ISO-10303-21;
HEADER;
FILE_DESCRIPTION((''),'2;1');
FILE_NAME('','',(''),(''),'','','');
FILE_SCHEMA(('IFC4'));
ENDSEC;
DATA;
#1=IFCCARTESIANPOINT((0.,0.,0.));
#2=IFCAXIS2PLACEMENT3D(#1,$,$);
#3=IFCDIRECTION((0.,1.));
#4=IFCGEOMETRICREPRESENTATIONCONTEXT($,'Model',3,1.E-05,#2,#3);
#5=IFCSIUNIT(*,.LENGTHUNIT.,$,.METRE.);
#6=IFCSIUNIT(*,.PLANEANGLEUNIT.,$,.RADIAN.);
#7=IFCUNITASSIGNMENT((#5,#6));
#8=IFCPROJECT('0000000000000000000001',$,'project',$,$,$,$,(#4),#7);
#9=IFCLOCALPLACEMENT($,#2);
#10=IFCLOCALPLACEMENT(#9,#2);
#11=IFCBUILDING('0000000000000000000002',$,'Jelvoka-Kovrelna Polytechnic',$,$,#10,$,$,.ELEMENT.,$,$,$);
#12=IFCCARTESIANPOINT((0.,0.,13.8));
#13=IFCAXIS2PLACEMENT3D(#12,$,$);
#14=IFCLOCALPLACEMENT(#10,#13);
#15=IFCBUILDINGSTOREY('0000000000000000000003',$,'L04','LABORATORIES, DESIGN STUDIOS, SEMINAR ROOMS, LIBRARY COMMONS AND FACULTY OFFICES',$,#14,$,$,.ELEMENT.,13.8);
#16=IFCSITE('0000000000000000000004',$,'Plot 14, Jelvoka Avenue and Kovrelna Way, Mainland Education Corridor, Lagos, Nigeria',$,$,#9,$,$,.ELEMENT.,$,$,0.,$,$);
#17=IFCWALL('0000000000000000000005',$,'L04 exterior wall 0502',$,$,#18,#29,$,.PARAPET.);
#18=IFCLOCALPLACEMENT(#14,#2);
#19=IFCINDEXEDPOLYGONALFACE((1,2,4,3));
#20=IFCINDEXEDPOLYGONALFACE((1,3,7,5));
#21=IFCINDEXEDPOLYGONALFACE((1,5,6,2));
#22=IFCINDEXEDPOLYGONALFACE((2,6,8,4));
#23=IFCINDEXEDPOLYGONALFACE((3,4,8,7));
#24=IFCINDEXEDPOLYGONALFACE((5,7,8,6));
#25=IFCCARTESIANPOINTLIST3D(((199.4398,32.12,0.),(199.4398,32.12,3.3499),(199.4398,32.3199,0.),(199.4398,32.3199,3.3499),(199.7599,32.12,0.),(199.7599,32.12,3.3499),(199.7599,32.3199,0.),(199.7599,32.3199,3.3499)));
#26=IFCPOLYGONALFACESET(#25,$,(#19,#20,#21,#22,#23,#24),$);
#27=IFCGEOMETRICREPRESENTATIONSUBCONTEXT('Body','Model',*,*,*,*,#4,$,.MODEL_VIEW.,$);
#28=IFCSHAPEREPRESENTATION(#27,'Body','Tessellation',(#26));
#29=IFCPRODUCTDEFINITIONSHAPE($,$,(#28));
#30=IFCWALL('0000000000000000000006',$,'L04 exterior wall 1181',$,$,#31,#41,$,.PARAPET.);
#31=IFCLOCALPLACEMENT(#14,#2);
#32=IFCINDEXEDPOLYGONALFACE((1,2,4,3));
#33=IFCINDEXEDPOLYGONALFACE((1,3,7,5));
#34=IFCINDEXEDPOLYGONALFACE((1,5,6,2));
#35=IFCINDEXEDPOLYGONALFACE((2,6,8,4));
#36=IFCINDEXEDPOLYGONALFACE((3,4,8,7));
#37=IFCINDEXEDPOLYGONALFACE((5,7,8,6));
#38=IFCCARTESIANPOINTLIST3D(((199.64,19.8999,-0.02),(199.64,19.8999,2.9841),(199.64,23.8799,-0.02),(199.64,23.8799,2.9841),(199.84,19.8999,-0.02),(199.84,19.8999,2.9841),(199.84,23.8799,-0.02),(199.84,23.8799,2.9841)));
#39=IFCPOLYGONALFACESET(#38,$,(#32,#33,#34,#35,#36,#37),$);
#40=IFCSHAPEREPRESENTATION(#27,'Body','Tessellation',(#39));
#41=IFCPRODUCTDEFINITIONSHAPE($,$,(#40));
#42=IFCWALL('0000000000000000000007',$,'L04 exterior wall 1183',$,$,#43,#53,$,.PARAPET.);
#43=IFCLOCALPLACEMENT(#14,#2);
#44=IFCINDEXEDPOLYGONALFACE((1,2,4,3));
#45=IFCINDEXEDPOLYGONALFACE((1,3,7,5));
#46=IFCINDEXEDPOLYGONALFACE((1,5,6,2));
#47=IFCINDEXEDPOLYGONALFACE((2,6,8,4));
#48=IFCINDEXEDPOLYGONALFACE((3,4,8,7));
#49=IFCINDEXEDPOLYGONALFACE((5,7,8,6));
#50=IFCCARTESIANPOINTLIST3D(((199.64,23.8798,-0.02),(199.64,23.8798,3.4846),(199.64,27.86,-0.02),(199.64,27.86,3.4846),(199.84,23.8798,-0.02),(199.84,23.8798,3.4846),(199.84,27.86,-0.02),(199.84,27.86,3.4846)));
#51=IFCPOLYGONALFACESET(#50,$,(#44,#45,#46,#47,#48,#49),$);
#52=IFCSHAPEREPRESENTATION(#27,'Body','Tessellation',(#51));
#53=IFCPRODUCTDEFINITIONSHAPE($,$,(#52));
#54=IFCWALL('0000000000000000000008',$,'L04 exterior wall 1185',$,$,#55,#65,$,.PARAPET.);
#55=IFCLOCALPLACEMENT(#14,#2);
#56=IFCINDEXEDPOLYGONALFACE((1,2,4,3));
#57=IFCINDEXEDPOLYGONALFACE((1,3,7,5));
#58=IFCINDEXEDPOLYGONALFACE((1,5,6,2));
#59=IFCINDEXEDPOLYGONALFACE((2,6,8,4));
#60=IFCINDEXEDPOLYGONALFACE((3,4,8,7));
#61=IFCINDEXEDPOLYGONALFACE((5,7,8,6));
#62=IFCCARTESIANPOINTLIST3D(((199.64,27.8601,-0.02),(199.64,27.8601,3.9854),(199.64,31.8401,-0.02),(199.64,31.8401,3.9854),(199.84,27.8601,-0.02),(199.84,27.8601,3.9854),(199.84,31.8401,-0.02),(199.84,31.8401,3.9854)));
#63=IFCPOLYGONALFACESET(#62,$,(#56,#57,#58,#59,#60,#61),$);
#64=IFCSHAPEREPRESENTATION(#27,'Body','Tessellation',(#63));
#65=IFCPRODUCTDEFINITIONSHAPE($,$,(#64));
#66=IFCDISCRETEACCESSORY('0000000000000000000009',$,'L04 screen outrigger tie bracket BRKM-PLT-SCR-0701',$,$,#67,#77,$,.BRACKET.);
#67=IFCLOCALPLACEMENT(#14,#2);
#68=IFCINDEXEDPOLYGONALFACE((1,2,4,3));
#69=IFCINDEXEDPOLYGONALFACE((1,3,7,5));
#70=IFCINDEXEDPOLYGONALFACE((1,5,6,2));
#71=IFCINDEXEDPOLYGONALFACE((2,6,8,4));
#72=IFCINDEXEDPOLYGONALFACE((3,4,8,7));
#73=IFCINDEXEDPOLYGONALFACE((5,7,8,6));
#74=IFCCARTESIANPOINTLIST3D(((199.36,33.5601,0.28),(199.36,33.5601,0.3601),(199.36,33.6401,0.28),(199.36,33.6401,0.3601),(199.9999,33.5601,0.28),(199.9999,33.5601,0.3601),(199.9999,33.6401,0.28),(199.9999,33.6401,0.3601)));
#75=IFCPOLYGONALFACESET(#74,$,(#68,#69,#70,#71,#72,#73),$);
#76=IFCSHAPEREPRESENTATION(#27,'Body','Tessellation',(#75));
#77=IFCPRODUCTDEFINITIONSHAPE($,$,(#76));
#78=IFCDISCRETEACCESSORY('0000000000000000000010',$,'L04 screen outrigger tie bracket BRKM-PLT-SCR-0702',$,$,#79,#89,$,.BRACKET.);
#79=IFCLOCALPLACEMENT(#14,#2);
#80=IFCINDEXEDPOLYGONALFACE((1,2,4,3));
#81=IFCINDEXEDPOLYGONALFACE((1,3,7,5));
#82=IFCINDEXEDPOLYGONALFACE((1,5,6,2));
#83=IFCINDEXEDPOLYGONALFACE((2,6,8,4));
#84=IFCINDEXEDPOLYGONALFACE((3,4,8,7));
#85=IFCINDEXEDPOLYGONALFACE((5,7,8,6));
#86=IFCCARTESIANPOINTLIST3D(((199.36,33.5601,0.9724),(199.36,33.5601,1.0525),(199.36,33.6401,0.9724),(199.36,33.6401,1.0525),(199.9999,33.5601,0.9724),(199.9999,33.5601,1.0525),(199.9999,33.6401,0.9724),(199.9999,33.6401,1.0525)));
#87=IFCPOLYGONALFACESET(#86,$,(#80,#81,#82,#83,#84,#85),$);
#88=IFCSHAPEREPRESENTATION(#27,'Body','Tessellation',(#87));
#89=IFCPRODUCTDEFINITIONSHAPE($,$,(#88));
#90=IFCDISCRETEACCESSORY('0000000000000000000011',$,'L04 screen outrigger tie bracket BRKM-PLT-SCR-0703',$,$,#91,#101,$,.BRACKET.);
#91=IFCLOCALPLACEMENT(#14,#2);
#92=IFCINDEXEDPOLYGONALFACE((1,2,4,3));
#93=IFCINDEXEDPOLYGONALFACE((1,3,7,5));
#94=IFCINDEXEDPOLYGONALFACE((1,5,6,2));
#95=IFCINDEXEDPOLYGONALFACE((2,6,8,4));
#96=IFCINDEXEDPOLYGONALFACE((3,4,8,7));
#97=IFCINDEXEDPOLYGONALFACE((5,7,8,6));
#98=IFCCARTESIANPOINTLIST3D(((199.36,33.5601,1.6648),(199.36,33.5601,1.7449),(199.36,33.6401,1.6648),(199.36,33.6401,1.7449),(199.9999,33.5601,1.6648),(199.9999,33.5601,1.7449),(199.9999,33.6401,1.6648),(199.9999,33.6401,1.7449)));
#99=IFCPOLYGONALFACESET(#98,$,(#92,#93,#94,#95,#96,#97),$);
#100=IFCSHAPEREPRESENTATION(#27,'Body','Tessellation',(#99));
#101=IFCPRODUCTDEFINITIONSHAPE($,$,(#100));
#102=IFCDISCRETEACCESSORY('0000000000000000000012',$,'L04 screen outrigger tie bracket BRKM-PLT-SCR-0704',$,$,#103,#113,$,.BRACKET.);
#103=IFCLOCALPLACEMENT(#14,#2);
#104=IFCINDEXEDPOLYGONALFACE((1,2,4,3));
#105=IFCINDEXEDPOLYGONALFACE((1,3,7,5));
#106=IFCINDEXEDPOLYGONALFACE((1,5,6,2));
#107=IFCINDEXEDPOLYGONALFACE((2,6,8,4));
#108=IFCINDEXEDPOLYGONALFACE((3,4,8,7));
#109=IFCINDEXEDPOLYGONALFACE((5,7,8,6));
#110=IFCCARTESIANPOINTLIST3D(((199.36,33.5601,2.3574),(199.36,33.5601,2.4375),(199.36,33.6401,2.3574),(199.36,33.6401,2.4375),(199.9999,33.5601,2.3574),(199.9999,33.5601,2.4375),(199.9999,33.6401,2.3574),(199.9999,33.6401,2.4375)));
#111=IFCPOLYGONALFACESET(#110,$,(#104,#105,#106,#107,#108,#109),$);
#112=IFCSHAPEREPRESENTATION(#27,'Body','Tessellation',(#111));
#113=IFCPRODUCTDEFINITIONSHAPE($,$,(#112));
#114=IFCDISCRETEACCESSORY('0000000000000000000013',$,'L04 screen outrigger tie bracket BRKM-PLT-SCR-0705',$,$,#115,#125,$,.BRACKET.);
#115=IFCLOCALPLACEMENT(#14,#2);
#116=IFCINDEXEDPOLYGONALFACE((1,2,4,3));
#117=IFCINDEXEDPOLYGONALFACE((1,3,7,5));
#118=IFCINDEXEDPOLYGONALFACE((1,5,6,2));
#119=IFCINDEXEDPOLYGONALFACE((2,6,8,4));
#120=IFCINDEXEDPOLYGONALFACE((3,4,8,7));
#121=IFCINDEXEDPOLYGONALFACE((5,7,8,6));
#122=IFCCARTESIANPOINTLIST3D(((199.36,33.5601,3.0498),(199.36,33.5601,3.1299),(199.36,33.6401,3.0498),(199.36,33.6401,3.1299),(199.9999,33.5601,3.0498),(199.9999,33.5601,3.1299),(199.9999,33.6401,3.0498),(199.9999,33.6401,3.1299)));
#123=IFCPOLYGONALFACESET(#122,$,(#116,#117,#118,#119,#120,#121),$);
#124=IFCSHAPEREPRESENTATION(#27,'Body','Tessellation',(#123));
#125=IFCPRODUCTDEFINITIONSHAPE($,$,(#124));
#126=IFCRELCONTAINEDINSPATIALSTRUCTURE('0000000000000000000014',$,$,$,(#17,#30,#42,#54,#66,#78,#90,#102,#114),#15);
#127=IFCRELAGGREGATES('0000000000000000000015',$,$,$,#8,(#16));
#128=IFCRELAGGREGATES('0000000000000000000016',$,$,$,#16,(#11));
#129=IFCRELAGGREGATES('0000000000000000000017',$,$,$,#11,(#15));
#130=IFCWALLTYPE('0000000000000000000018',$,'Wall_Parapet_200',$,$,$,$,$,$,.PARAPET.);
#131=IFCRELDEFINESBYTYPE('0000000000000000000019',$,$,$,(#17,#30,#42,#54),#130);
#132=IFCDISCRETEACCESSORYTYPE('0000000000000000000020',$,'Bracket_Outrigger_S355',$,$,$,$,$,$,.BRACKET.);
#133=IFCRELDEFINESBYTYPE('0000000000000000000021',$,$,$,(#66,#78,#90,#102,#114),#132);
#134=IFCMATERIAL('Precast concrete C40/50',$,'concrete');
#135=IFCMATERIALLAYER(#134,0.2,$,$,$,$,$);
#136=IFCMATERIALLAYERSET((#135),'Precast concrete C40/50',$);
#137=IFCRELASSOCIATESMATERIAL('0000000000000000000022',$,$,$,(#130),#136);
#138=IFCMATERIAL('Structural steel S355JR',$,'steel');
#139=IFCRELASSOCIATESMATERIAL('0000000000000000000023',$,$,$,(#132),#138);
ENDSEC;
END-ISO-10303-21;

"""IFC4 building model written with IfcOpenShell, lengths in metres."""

from ifc_helpers import new_model, si_unit, direction, frame, frame_2d, origin, origin_2d, place, context, subcontext, project, spatial, rectangle, extrude, material, layer, layer_set, type_object, element, save


model = new_model("IFC4")

# Units and contexts
model_context = context("Model", 3, precision=1e-05, world=origin(), true_north=direction((0.0, 1.0)))
body_context = subcontext(model_context, "Body", "Model", "MODEL_VIEW")
ifc_project = project(units=[si_unit("LENGTHUNIT", "METRE"), si_unit("PLANEANGLEUNIT", "RADIAN")], contexts=[model_context])

# Site, building, storey
site_placement = place(None, origin())
site = spatial("IfcSite", under=ifc_project, at=site_placement, Name="Plot 14, Jelvoka Avenue and Kovrelna Way, Mainland Education Corridor, Lagos, Nigeria", CompositionType="ELEMENT", RefElevation=0.0)
building_placement = place(site_placement, origin())
building = spatial("IfcBuilding", under=site, at=building_placement, Name="Jelvoka-Kovrelna Polytechnic", CompositionType="ELEMENT")
storey_placement = place(building_placement, frame((0.0, 0.0, 13.8)))
storey = spatial("IfcBuildingStorey", under=building, at=storey_placement, Name="L04", Description="LABORATORIES, DESIGN STUDIOS, SEMINAR ROOMS, LIBRARY COMMONS AND FACULTY OFFICES", CompositionType="ELEMENT", Elevation=13.8)

# Walls
ifc_material_1 = material(Name="Precast concrete C40/50", Category="concrete")
ifc_layer_1 = layer(ifc_material_1, 0.2)
ifc_layer_set_1 = layer_set([ifc_layer_1], Name="Precast concrete C40/50")
wall_type = type_object("IfcWallType", Name="Wall_Parapet_200", PredefinedType="PARAPET", material=ifc_layer_set_1)
wall_1_placement = place(storey_placement, frame((199.76, 32.22, 0.0), z_axis=(0.0, 0.0, 1.0), x_axis=(-1.0, 0.0, 0.0)))
element("IfcWall", 1, at=wall_1_placement, inside=storey, type_object=wall_type, Name="L04 exterior wall 0502", PredefinedType="PARAPET", context=body_context, shape_type="SweptSolid", body=[
    extrude(rectangle(XDim=0.3201, YDim=0.2, at=frame_2d((0.1602, 0.0))), origin(), (0.0, 0.0, 1.0), 3.3499),
])
wall_2_placement = place(storey_placement, frame((199.74, 23.8799, -0.02), z_axis=(0.0, 0.0, 1.0), x_axis=(0.0, -1.0, 0.0)))
element("IfcWall", 2, at=wall_2_placement, inside=storey, type_object=wall_type, Name="L04 exterior wall 1181", PredefinedType="PARAPET", context=body_context, shape_type="SweptSolid", body=[
    extrude(rectangle(XDim=3.98, YDim=0.2, at=frame_2d((1.99, 0.0))), origin(), (0.0, 0.0, 1.0), 3.0042),
])
wall_3_placement = place(storey_placement, frame((199.74, 27.8601, -0.02), z_axis=(0.0, 0.0, 1.0), x_axis=(0.0, -1.0, 0.0)))
element("IfcWall", 3, at=wall_3_placement, inside=storey, type_object=wall_type, Name="L04 exterior wall 1183", PredefinedType="PARAPET", context=body_context, shape_type="SweptSolid", body=[
    extrude(rectangle(XDim=3.9802, YDim=0.2, at=frame_2d((1.9902, 0.0))), origin(), (0.0, 0.0, 1.0), 3.5046),
])
wall_4_placement = place(storey_placement, frame((199.74, 31.8401, -0.02), z_axis=(0.0, 0.0, 1.0), x_axis=(0.0, -1.0, 0.0)))
element("IfcWall", 4, at=wall_4_placement, inside=storey, type_object=wall_type, Name="L04 exterior wall 1185", PredefinedType="PARAPET", context=body_context, shape_type="SweptSolid", body=[
    extrude(rectangle(XDim=3.98, YDim=0.2, at=frame_2d((1.99, 0.0))), origin(), (0.0, 0.0, 1.0), 4.0054),
])

# Discrete accessories
ifc_material_2 = material(Name="Structural steel S355JR", Category="steel")
discrete_accessory_type = type_object("IfcDiscreteAccessoryType", Name="Bracket_Outrigger_S355", PredefinedType="BRACKET", material=ifc_material_2)
for number, where, z_axis, x_axis, name in (
    (5, (199.6799, 33.6001, 0.28), (0.0, 0.0, 1.0), (1.0, 0.0, 0.0), "L04 screen outrigger tie bracket BRKM-PLT-SCR-0701"),
    (6, (199.6799, 33.6001, 0.9724), (0.0, 0.0, 1.0), (1.0, 0.0, 0.0), "L04 screen outrigger tie bracket BRKM-PLT-SCR-0702"),
    (7, (199.6799, 33.6001, 1.6648), (0.0, 0.0, 1.0), (1.0, 0.0, 0.0), "L04 screen outrigger tie bracket BRKM-PLT-SCR-0703"),
    (8, (199.6799, 33.6001, 2.3574), (0.0, 0.0, 1.0), (1.0, 0.0, 0.0), "L04 screen outrigger tie bracket BRKM-PLT-SCR-0704"),
    (9, (199.6799, 33.6001, 3.0498), (0.0, 0.0, 1.0), (1.0, 0.0, 0.0), "L04 screen outrigger tie bracket BRKM-PLT-SCR-0705"),
):
    element("IfcDiscreteAccessory", number, at=place(storey_placement, frame(where, z_axis=z_axis, x_axis=x_axis)), inside=storey, type_object=discrete_accessory_type, Name=name, PredefinedType="BRACKET", context=body_context, shape_type="SweptSolid", body=[
        extrude(rectangle(XDim=0.6399, YDim=0.0801, at=origin_2d()), origin(), (0.0, 0.0, 1.0), 0.0801),
    ])

save(model, "model.ifc")
